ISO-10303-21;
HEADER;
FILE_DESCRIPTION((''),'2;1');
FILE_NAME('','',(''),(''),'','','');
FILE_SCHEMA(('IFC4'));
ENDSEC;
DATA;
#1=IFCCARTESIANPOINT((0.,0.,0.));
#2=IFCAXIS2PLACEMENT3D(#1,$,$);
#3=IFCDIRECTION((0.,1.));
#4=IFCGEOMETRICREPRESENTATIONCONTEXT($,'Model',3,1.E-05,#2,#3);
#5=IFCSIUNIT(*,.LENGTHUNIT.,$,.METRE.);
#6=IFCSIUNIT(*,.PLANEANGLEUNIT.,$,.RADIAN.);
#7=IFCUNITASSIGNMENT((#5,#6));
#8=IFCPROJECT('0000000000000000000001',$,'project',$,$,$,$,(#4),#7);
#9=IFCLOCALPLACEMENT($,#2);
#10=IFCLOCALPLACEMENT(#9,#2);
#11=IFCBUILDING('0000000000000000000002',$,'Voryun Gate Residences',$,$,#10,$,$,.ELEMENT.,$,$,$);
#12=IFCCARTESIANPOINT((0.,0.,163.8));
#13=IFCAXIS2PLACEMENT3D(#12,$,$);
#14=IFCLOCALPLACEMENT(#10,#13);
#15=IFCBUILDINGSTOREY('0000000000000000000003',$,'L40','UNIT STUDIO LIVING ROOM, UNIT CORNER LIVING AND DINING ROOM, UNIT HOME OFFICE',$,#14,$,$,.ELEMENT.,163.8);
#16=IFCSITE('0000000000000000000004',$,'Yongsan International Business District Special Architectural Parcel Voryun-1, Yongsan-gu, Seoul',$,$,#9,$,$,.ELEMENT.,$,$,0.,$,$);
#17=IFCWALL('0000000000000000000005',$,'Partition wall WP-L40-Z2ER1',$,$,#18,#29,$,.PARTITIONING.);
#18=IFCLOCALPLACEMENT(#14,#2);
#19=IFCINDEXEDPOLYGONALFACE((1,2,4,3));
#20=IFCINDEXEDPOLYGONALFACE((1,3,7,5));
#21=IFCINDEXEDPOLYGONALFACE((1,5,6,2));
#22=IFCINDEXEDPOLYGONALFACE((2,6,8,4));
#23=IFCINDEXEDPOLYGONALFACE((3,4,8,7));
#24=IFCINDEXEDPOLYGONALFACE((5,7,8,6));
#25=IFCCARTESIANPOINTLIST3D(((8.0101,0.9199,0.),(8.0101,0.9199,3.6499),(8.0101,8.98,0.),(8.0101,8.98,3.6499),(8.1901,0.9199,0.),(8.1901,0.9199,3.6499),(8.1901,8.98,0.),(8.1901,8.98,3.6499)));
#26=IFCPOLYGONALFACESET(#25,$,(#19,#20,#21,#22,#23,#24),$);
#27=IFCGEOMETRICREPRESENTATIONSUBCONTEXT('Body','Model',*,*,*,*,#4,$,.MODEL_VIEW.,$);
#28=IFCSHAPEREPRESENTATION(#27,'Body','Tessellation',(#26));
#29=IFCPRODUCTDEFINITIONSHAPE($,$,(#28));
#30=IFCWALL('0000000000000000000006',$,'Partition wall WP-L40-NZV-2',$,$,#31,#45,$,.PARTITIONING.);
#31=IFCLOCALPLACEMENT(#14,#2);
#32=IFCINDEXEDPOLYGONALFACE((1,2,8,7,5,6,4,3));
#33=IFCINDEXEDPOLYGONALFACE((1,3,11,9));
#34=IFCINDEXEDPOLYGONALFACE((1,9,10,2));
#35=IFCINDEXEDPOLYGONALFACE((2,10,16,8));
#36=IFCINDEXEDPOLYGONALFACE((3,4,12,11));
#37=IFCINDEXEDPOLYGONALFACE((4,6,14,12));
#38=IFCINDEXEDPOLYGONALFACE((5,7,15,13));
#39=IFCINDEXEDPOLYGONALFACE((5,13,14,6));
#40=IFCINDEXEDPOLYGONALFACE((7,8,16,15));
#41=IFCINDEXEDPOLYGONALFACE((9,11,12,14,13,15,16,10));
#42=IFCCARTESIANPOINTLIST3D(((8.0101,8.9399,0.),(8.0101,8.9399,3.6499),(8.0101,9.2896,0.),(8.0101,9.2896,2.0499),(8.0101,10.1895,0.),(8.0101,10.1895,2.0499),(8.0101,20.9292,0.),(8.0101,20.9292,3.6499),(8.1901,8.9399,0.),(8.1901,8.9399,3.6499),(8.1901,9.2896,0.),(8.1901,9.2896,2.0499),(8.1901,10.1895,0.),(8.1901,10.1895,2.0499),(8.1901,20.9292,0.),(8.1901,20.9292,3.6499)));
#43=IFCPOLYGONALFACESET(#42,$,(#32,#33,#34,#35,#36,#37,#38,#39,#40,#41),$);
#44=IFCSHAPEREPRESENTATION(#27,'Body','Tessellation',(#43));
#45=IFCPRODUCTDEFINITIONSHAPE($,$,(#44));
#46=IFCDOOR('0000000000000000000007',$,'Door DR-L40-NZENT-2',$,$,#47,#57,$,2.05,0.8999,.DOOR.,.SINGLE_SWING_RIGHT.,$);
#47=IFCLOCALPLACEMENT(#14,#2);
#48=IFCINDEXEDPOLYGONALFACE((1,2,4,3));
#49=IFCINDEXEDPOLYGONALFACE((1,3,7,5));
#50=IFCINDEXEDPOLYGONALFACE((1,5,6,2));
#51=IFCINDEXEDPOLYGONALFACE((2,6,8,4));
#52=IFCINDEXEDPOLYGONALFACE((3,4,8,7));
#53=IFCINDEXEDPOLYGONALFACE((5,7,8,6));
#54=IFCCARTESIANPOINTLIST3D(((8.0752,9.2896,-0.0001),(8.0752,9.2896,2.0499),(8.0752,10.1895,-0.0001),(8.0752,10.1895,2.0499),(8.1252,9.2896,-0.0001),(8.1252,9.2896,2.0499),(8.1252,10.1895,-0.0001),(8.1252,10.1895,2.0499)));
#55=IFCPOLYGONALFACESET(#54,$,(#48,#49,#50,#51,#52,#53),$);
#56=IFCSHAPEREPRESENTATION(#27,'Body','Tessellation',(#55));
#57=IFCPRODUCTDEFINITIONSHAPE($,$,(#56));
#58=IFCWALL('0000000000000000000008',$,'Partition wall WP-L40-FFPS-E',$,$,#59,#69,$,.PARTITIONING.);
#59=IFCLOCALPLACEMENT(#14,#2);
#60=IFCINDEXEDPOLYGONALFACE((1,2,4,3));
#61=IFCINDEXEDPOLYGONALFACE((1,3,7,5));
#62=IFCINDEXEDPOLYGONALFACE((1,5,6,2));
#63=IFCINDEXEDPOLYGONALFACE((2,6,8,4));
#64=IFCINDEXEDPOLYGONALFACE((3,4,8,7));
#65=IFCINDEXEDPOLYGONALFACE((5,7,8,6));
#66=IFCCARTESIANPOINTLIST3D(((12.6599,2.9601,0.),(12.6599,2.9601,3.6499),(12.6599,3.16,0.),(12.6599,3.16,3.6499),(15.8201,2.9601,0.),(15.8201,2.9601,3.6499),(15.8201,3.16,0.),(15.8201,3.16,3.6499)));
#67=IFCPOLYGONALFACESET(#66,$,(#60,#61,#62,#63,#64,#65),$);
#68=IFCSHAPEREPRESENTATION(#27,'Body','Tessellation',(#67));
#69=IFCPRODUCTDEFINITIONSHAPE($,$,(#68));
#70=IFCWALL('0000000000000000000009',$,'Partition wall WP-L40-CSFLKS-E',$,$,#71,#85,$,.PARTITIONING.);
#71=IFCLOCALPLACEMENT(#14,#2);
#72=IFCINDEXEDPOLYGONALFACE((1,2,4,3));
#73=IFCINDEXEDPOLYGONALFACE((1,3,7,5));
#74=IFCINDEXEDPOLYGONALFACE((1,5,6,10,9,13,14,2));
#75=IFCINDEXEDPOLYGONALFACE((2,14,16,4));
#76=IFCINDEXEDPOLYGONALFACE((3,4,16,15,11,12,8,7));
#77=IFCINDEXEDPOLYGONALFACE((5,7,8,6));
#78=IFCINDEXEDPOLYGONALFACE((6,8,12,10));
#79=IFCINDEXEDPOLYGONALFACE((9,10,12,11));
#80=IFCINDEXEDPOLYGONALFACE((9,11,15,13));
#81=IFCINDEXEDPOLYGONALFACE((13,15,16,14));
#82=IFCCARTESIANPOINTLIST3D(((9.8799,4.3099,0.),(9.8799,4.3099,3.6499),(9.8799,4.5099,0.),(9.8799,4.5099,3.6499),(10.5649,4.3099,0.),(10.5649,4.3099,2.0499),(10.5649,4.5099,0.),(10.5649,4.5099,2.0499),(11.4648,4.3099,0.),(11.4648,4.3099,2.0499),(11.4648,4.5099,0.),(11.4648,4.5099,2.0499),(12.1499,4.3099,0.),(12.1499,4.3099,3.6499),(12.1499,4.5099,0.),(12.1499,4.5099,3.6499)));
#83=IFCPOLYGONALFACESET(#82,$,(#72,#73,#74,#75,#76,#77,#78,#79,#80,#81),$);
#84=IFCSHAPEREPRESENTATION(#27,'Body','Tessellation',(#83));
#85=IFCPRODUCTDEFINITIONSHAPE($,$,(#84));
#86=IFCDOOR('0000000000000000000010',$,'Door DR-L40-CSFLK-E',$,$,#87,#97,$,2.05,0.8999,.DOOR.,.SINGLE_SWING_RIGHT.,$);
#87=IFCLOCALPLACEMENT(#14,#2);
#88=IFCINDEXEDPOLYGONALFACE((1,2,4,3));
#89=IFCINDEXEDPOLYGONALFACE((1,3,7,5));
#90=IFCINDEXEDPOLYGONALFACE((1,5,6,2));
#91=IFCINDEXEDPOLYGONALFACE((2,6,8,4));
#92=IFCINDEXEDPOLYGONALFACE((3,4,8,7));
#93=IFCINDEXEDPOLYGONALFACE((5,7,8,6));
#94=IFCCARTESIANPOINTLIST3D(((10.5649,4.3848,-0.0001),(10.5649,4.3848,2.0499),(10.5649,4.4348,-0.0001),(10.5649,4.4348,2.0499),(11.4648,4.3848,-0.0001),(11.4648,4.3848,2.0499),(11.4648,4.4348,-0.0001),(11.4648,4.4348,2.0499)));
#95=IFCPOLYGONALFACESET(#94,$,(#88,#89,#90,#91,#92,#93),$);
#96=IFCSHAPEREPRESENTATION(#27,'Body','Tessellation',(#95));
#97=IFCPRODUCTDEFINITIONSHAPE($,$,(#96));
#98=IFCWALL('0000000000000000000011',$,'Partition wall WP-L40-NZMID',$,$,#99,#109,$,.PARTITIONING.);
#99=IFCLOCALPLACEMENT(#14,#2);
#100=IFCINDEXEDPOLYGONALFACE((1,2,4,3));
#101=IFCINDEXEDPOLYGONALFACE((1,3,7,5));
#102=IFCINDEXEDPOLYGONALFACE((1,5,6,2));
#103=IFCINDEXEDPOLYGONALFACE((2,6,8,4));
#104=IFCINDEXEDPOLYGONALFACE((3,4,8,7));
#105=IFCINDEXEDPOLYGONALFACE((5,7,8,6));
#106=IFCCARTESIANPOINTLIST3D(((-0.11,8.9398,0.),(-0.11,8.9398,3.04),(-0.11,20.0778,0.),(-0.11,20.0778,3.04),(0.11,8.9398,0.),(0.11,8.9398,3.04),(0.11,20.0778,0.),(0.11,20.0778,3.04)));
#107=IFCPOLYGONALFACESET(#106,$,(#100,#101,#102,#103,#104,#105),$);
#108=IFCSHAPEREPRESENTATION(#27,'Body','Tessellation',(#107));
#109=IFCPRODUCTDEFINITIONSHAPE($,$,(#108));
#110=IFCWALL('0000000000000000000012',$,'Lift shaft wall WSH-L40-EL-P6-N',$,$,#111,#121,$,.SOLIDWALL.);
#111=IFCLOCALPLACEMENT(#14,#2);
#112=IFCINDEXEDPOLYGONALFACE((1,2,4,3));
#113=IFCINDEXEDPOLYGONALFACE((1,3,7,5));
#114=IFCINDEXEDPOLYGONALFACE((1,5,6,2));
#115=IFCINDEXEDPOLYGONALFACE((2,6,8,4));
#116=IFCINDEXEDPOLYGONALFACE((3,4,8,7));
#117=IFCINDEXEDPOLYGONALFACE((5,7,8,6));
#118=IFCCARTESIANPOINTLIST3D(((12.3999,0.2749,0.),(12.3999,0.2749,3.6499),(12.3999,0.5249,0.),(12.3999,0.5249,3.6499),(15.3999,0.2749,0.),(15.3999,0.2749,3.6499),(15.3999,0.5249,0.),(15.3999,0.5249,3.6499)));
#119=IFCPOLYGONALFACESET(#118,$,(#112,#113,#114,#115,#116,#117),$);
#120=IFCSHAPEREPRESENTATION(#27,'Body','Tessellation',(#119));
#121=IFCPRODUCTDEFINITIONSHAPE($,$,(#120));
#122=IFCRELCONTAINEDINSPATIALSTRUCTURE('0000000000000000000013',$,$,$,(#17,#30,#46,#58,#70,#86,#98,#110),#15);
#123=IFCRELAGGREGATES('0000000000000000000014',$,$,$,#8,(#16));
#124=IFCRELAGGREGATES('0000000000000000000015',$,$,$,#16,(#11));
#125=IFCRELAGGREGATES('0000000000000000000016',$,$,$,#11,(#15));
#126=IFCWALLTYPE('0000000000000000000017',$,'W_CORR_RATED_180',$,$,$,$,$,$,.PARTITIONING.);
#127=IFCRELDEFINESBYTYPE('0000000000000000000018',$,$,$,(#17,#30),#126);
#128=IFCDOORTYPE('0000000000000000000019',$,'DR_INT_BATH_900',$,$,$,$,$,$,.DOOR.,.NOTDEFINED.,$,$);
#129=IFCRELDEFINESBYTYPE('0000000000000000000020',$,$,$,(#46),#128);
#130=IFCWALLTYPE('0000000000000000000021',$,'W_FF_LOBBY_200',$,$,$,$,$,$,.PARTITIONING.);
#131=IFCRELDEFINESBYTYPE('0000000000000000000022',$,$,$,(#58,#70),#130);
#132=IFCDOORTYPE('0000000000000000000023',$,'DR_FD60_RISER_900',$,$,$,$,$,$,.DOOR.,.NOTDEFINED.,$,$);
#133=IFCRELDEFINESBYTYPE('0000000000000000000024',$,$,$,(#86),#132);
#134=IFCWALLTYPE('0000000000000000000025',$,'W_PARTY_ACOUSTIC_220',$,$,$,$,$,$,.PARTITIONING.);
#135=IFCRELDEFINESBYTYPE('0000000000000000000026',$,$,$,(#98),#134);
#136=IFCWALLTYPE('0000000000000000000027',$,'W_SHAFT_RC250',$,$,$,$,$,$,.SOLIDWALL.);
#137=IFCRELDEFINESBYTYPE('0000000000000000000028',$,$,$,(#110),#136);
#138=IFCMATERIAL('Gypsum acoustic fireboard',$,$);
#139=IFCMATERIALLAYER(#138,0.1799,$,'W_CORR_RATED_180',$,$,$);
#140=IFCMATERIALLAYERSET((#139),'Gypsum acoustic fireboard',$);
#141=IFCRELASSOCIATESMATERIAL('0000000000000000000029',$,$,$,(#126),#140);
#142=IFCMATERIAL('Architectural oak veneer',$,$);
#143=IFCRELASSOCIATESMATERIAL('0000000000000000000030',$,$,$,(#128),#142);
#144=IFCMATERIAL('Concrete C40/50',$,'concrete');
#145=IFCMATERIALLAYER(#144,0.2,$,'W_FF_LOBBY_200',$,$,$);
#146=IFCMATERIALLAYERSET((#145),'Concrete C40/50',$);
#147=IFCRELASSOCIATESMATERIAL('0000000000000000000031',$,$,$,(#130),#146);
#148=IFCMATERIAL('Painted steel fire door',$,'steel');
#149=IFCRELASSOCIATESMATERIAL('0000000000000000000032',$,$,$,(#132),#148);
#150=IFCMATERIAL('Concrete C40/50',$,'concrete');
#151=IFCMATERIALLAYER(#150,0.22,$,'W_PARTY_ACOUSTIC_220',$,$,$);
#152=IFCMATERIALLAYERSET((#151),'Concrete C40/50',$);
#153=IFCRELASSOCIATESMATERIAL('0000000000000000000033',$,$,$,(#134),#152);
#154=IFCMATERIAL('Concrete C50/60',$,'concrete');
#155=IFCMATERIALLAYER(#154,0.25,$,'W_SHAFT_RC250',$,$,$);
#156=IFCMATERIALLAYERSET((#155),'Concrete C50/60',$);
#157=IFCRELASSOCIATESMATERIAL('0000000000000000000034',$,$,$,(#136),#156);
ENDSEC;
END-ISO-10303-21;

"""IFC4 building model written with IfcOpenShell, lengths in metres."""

from ifc_helpers import new_model, si_unit, direction, frame, frame_2d, origin, place, context, subcontext, project, spatial, rectangle, extrude, material, layer, layer_set, type_object, element, fill, save


model = new_model("IFC4")

# Units and contexts
model_context = context("Model", 3, precision=1e-05, world=origin(), true_north=direction((0.0, 1.0)))
body_context = subcontext(model_context, "Body", "Model", "MODEL_VIEW")
ifc_project = project(units=[si_unit("LENGTHUNIT", "METRE"), si_unit("PLANEANGLEUNIT", "RADIAN")], contexts=[model_context])

# Site, building, storey
site_placement = place(None, origin())
site = spatial("IfcSite", under=ifc_project, at=site_placement, Name="Yongsan International Business District Special Architectural Parcel Voryun-1, Yongsan-gu, Seoul", CompositionType="ELEMENT", RefElevation=0.0)
building_placement = place(site_placement, origin())
building = spatial("IfcBuilding", under=site, at=building_placement, Name="Voryun Gate Residences", CompositionType="ELEMENT")
storey_placement = place(building_placement, frame((0.0, 0.0, 163.8)))
storey = spatial("IfcBuildingStorey", under=building, at=storey_placement, Name="L40", Description="UNIT STUDIO LIVING ROOM, UNIT CORNER LIVING AND DINING ROOM, UNIT HOME OFFICE", CompositionType="ELEMENT", Elevation=163.8)

# Wall
ifc_material_1 = material(Name="Gypsum acoustic fireboard")
ifc_layer_1 = layer(ifc_material_1, 0.1799, Name="W_CORR_RATED_180")
ifc_layer_set_1 = layer_set([ifc_layer_1], Name="Gypsum acoustic fireboard")
wall_type_1 = type_object("IfcWallType", Name="W_CORR_RATED_180", PredefinedType="PARTITIONING", material=ifc_layer_set_1)
wall_1_placement = place(storey_placement, frame((8.1001, 0.9199, 0.0), z_axis=(0.0, 0.0, 1.0), x_axis=(0.0, 1.0, 0.0)))
element("IfcWall", 1, at=wall_1_placement, inside=storey, type_object=wall_type_1, Name="Partition wall WP-L40-Z2ER1", PredefinedType="PARTITIONING", context=body_context, shape_type="SweptSolid", body=[
    extrude(rectangle(XDim=8.0601, YDim=0.1799, at=frame_2d((4.03, 0.0))), origin(), (0.0, 0.0, 1.0), 3.6499),
])

# Wall, opening, door
wall_2_placement = place(storey_placement, frame((8.1001, 8.9399, 0.0), z_axis=(0.0, 0.0, 1.0), x_axis=(0.0, 1.0, 0.0)))
wall_2 = element("IfcWall", 2, at=wall_2_placement, inside=storey, type_object=wall_type_1, Name="Partition wall WP-L40-NZV-2", PredefinedType="PARTITIONING", context=body_context, shape_type="SweptSolid", body=[
    extrude(rectangle(XDim=11.9893, YDim=0.1799, at=frame_2d((5.9946, 0.0))), origin(), (0.0, 0.0, 1.0), 3.6499),
])
opening_1_placement = place(wall_2_placement, frame((0.3496, 0.0, 0.0)))
opening_1 = element("IfcOpeningElement", 3, at=opening_1_placement, cuts=wall_2, PredefinedType="OPENING", context=body_context, shape_type="SweptSolid", body=[
    extrude(rectangle(XDim=0.8999, YDim=2.05, at=frame_2d((0.45, 1.0249))), frame((0.0, 0.0999, 0.0), z_axis=(0.0, -1.0, 0.0), x_axis=(1.0, 0.0, 0.0)), (0.0, 0.0, 1.0), 0.2),
])
ifc_material_2 = material(Name="Architectural oak veneer")
door_type_1 = type_object("IfcDoorType", Name="DR_INT_BATH_900", OperationType="NOTDEFINED", PredefinedType="DOOR", material=ifc_material_2)
door_1_placement = place(opening_1_placement, origin())
door_1 = element("IfcDoor", 4, at=door_1_placement, inside=storey, type_object=door_type_1, Name="Door DR-L40-NZENT-2", OperationType="SINGLE_SWING_RIGHT", OverallHeight=2.05, OverallWidth=0.8999, PredefinedType="DOOR", context=body_context, shape_type="SweptSolid", body=[
    extrude(rectangle(XDim=0.8999, YDim=2.05, at=frame_2d((0.45, 1.0249))), frame((0.0, 0.0249, 0.0), z_axis=(0.0, -1.0, 0.0), x_axis=(1.0, 0.0, 0.0)), (0.0, 0.0, 1.0), 0.05),
])
fill(opening_1, door_1)

# Wall
ifc_material_3 = material(Name="Concrete C40/50", Category="concrete")
ifc_layer_2 = layer(ifc_material_3, 0.2, Name="W_FF_LOBBY_200")
ifc_layer_set_2 = layer_set([ifc_layer_2], Name="Concrete C40/50")
wall_type_2 = type_object("IfcWallType", Name="W_FF_LOBBY_200", PredefinedType="PARTITIONING", material=ifc_layer_set_2)
wall_3_placement = place(storey_placement, frame((12.6599, 3.0601, 0.0), z_axis=(0.0, 0.0, 1.0), x_axis=(1.0, 0.0, 0.0)))
element("IfcWall", 5, at=wall_3_placement, inside=storey, type_object=wall_type_2, Name="Partition wall WP-L40-FFPS-E", PredefinedType="PARTITIONING", context=body_context, shape_type="SweptSolid", body=[
    extrude(rectangle(XDim=3.1602, YDim=0.2, at=frame_2d((1.5801, 0.0))), origin(), (0.0, 0.0, 1.0), 3.6499),
])

# Wall, opening, door
wall_4_placement = place(storey_placement, frame((9.8799, 4.4099, 0.0), z_axis=(0.0, 0.0, 1.0), x_axis=(1.0, 0.0, 0.0)))
wall_4 = element("IfcWall", 6, at=wall_4_placement, inside=storey, type_object=wall_type_2, Name="Partition wall WP-L40-CSFLKS-E", PredefinedType="PARTITIONING", context=body_context, shape_type="SweptSolid", body=[
    extrude(rectangle(XDim=2.27, YDim=0.2, at=frame_2d((1.135, 0.0))), origin(), (0.0, 0.0, 1.0), 3.6499),
])
opening_2_placement = place(wall_4_placement, frame((0.6851, 0.0, 0.0)))
opening_2 = element("IfcOpeningElement", 7, at=opening_2_placement, cuts=wall_4, PredefinedType="OPENING", context=body_context, shape_type="SweptSolid", body=[
    extrude(rectangle(XDim=0.8999, YDim=2.05, at=frame_2d((0.45, 1.0249))), frame((0.0, 0.1101, 0.0), z_axis=(0.0, -1.0, 0.0), x_axis=(1.0, 0.0, 0.0)), (0.0, 0.0, 1.0), 0.22),
])
ifc_material_4 = material(Name="Painted steel fire door", Category="steel")
door_type_2 = type_object("IfcDoorType", Name="DR_FD60_RISER_900", OperationType="NOTDEFINED", PredefinedType="DOOR", material=ifc_material_4)
door_2_placement = place(opening_2_placement, origin())
door_2 = element("IfcDoor", 8, at=door_2_placement, inside=storey, type_object=door_type_2, Name="Door DR-L40-CSFLK-E", OperationType="SINGLE_SWING_RIGHT", OverallHeight=2.05, OverallWidth=0.8999, PredefinedType="DOOR", context=body_context, shape_type="SweptSolid", body=[
    extrude(rectangle(XDim=0.8999, YDim=2.05, at=frame_2d((0.45, 1.0249))), frame((0.0, 0.0249, 0.0), z_axis=(0.0, -1.0, 0.0), x_axis=(1.0, 0.0, 0.0)), (0.0, 0.0, 1.0), 0.05),
])
fill(opening_2, door_2)

# Walls
ifc_material_5 = material(Name="Concrete C40/50", Category="concrete")
ifc_layer_3 = layer(ifc_material_5, 0.22, Name="W_PARTY_ACOUSTIC_220")
ifc_layer_set_3 = layer_set([ifc_layer_3], Name="Concrete C40/50")
wall_type_3 = type_object("IfcWallType", Name="W_PARTY_ACOUSTIC_220", PredefinedType="PARTITIONING", material=ifc_layer_set_3)
wall_5_placement = place(storey_placement, frame((0.0, 8.9399, 0.0), z_axis=(0.0, 0.0, 1.0), x_axis=(0.0, 1.0, 0.0)))
element("IfcWall", 9, at=wall_5_placement, inside=storey, type_object=wall_type_3, Name="Partition wall WP-L40-NZMID", PredefinedType="PARTITIONING", context=body_context, shape_type="SweptSolid", body=[
    extrude(rectangle(XDim=11.1379, YDim=0.22, at=frame_2d((5.5688, 0.0))), origin(), (0.0, 0.0, 1.0), 3.04),
])
ifc_material_6 = material(Name="Concrete C50/60", Category="concrete")
ifc_layer_4 = layer(ifc_material_6, 0.25, Name="W_SHAFT_RC250")
ifc_layer_set_4 = layer_set([ifc_layer_4], Name="Concrete C50/60")
wall_type_4 = type_object("IfcWallType", Name="W_SHAFT_RC250", PredefinedType="SOLIDWALL", material=ifc_layer_set_4)
wall_6_placement = place(storey_placement, frame((15.3999, 0.3999, 0.0), z_axis=(0.0, 0.0, 1.0), x_axis=(-1.0, 0.0, 0.0)))
element("IfcWall", 10, at=wall_6_placement, inside=storey, type_object=wall_type_4, Name="Lift shaft wall WSH-L40-EL-P6-N", PredefinedType="SOLIDWALL", context=body_context, shape_type="SweptSolid", body=[
    extrude(rectangle(XDim=3.0, YDim=0.25, at=frame_2d((1.5, 0.0))), origin(), (0.0, 0.0, 1.0), 3.6499),
])

save(model, "model.ifc")
